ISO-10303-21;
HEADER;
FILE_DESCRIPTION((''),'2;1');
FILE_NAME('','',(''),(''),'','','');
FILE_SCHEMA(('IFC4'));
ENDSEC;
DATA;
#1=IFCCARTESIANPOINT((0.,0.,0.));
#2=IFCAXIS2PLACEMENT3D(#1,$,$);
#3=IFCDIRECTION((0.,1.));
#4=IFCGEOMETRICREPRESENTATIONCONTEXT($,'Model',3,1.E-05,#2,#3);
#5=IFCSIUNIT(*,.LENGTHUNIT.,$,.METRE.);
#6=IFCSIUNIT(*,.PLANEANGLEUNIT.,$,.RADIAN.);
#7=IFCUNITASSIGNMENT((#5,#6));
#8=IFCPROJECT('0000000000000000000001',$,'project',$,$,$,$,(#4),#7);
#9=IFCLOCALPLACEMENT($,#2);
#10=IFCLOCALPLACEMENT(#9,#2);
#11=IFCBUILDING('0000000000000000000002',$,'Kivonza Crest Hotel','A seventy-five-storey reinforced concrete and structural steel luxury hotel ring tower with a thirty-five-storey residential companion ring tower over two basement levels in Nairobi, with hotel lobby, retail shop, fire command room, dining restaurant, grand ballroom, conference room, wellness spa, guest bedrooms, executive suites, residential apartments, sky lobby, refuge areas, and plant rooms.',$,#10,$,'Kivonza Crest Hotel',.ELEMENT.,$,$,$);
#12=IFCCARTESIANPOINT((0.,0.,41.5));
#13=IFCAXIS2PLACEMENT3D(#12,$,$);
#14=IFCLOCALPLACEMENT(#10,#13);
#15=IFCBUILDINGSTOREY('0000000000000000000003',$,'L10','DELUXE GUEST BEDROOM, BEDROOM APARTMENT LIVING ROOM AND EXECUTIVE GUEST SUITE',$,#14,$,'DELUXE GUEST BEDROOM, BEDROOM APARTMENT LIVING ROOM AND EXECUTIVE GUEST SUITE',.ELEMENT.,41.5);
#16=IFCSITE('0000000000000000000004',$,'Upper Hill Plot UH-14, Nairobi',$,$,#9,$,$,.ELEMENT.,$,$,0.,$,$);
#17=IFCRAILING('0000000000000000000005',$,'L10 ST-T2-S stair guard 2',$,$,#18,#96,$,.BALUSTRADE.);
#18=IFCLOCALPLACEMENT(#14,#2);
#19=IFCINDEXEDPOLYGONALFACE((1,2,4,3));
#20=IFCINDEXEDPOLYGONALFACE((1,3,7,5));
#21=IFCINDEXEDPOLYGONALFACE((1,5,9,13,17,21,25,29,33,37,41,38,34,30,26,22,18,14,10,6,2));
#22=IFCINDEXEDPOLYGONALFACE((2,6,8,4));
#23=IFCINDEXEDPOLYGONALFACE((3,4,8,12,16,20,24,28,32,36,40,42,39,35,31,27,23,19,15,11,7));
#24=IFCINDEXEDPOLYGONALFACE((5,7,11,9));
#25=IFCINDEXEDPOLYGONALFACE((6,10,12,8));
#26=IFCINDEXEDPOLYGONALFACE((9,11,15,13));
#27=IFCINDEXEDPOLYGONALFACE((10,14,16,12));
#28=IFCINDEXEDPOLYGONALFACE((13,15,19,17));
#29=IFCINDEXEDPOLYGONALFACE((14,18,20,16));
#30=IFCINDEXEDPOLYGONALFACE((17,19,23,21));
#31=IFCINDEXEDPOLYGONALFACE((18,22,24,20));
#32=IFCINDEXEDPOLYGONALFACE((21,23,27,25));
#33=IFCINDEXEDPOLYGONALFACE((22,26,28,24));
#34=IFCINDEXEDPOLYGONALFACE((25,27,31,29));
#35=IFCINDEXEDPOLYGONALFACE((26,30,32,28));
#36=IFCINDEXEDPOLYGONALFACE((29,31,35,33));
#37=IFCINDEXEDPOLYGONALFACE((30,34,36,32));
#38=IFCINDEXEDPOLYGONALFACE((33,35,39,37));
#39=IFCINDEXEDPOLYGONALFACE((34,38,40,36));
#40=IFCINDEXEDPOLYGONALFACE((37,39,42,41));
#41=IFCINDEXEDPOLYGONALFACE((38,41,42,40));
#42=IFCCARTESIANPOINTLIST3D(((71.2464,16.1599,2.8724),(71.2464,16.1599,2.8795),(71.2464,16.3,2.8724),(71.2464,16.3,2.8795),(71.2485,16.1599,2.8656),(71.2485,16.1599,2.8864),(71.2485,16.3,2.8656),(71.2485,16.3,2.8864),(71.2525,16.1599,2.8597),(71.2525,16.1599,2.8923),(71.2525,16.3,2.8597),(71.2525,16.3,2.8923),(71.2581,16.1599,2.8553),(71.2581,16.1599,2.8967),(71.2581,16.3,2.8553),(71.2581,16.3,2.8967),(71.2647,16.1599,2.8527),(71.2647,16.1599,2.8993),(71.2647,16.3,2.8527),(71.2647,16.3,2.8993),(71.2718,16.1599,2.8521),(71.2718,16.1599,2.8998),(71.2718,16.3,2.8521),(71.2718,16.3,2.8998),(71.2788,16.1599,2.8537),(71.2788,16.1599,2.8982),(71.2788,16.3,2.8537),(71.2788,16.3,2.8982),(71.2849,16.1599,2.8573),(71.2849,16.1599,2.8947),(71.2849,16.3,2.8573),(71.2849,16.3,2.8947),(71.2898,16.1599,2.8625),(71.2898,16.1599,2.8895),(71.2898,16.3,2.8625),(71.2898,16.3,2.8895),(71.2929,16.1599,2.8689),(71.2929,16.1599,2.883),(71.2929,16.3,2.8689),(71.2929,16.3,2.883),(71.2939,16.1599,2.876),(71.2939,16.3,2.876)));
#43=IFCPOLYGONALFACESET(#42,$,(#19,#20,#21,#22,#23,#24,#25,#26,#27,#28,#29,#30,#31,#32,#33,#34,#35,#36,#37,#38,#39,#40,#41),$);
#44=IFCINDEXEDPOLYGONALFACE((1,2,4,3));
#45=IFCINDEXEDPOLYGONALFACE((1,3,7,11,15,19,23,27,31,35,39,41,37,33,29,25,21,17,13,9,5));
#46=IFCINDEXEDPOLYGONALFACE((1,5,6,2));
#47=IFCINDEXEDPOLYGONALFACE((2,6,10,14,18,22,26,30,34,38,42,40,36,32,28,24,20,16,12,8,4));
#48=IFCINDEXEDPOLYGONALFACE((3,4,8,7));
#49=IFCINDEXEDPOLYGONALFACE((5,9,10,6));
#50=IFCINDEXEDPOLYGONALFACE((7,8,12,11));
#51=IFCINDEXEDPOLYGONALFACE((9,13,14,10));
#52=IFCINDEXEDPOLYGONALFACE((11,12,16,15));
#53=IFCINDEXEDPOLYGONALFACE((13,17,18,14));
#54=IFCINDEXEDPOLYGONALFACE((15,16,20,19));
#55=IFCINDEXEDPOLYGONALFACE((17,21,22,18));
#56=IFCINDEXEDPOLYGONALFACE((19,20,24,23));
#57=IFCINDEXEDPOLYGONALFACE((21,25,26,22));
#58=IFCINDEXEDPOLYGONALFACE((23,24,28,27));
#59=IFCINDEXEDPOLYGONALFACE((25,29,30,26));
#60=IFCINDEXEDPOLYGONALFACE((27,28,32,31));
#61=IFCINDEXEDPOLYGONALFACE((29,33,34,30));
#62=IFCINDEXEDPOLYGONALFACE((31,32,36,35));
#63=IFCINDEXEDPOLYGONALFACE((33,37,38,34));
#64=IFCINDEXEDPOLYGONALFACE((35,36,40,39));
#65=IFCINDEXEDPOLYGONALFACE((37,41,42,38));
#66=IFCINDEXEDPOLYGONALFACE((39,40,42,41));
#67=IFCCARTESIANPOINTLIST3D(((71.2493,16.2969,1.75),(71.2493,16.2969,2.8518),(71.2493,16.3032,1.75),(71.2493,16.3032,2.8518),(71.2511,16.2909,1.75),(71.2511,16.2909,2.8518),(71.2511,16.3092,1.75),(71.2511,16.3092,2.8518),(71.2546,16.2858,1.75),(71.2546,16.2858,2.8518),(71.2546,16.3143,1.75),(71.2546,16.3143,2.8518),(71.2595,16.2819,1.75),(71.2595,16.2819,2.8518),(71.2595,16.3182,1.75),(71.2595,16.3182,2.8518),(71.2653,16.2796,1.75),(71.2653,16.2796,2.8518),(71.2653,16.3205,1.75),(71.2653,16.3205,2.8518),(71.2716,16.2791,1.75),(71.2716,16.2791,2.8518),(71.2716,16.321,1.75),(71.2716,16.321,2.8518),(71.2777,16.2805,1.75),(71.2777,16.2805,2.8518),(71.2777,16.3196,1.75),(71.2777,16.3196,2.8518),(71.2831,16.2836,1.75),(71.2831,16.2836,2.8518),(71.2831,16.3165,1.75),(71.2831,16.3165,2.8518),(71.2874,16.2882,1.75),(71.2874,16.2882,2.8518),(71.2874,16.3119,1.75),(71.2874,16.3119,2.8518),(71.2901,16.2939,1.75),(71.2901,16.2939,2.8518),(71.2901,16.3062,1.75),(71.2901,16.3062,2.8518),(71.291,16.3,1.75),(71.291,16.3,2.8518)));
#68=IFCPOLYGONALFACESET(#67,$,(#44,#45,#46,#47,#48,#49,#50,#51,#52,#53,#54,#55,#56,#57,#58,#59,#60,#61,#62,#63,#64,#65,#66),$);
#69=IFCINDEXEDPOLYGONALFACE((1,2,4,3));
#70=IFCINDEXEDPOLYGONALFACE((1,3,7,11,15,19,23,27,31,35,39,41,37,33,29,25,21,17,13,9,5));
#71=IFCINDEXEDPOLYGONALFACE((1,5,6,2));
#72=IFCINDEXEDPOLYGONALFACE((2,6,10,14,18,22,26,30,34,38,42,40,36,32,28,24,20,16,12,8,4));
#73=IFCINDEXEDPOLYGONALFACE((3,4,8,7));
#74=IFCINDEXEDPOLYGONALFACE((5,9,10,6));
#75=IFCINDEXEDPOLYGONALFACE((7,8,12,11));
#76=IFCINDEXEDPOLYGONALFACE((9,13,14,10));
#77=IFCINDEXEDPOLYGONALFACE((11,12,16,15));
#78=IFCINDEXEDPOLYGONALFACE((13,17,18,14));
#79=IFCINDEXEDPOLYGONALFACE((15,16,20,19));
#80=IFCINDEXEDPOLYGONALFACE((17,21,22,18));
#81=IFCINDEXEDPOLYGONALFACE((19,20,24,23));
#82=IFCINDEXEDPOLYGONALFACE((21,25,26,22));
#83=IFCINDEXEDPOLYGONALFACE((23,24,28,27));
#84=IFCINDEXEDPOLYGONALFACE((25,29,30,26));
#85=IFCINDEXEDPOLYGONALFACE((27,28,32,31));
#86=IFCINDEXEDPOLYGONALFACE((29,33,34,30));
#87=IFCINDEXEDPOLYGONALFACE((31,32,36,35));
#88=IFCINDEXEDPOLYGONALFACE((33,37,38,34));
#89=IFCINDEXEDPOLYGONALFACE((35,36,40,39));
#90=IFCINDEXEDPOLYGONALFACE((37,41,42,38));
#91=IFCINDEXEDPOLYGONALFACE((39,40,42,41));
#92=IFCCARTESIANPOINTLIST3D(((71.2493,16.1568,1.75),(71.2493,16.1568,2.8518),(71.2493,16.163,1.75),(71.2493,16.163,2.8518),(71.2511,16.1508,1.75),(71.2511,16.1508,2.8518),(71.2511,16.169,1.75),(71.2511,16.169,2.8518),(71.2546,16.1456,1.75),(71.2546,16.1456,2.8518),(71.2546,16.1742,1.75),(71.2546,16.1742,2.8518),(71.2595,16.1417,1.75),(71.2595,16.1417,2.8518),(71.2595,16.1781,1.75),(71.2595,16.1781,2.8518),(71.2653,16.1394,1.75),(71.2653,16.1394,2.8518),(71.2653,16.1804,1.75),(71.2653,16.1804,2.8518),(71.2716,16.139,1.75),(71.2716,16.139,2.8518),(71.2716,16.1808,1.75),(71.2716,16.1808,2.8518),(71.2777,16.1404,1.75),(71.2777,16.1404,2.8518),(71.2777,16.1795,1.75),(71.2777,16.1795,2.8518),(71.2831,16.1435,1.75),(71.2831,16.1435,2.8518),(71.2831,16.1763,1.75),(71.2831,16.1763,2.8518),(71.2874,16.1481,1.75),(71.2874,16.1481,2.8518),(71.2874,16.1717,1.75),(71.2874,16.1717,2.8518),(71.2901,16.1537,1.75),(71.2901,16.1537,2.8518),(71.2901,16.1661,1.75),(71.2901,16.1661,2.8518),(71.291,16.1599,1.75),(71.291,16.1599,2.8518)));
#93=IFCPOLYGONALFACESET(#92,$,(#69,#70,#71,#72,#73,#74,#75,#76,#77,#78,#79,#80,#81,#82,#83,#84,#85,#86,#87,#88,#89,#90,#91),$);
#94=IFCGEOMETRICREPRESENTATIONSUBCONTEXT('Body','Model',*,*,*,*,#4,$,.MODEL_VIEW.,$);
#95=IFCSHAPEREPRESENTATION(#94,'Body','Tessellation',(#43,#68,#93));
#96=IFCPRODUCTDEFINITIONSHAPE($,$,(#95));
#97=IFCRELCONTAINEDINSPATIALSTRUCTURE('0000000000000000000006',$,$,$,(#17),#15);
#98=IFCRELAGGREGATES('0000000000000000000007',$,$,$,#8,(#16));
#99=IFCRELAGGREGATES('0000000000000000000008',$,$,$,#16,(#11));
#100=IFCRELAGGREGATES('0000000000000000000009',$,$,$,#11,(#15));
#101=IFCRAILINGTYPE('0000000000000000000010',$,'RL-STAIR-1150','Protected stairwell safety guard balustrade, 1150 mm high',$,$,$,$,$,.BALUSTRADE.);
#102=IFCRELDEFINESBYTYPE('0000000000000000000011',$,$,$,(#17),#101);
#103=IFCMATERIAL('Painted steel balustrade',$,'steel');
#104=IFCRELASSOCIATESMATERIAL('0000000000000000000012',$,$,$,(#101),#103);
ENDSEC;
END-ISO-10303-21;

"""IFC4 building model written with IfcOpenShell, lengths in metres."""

from ifc_helpers import new_model, si_unit, direction, frame, origin, origin_2d, place, context, subcontext, project, spatial, circle, extrude, material, type_object, element, save


model = new_model("IFC4")

# Units and contexts
model_context = context("Model", 3, precision=1e-05, world=origin(), true_north=direction((0.0, 1.0)))
body_context = subcontext(model_context, "Body", "Model", "MODEL_VIEW")
ifc_project = project(units=[si_unit("LENGTHUNIT", "METRE"), si_unit("PLANEANGLEUNIT", "RADIAN")], contexts=[model_context])

# Site, building, storey
site_placement = place(None, origin())
site = spatial("IfcSite", under=ifc_project, at=site_placement, Name="Upper Hill Plot UH-14, Nairobi", CompositionType="ELEMENT", RefElevation=0.0)
building_placement = place(site_placement, origin())
building = spatial("IfcBuilding", under=site, at=building_placement, Name="Kivonza Crest Hotel", Description="A seventy-five-storey reinforced concrete and structural steel luxury hotel ring tower with a thirty-five-storey residential companion ring tower over two basement levels in Nairobi, with hotel lobby, retail shop, fire command room, dining restaurant, grand ballroom, conference room, wellness spa, guest bedrooms, executive suites, residential apartments, sky lobby, refuge areas, and plant rooms.", LongName="Kivonza Crest Hotel", CompositionType="ELEMENT")
storey_placement = place(building_placement, frame((0.0, 0.0, 41.5)))
storey = spatial("IfcBuildingStorey", under=building, at=storey_placement, Name="L10", Description="DELUXE GUEST BEDROOM, BEDROOM APARTMENT LIVING ROOM AND EXECUTIVE GUEST SUITE", LongName="DELUXE GUEST BEDROOM, BEDROOM APARTMENT LIVING ROOM AND EXECUTIVE GUEST SUITE", CompositionType="ELEMENT", Elevation=41.5)

# Railing
ifc_material_1 = material(Name="Painted steel balustrade", Category="steel")
railing_type_1 = type_object("IfcRailingType", Name="RL-STAIR-1150", Description="Protected stairwell safety guard balustrade, 1150 mm high", PredefinedType="BALUSTRADE", material=ifc_material_1)
railing_1_placement = place(storey_placement, frame((71.27, 16.3, 1.75)))
element("IfcRailing", 1, at=railing_1_placement, inside=storey, type_object=railing_type_1, Name="L10 ST-T2-S stair guard 2", PredefinedType="BALUSTRADE", context=body_context, shape_type="SweptSolid", body=[
    extrude(circle(Radius=0.0239, at=origin_2d()), frame((0.0, 0.0, 1.126), z_axis=(0.0, -1.0, 0.0), x_axis=(1.0, 0.0, 0.0)), (0.0, 0.0, 1.0), 0.1401),
    extrude(circle(Radius=0.021, at=origin_2d()), origin(), (0.0, 0.0, 1.0), 1.1018),
    extrude(circle(Radius=0.021, at=origin_2d()), frame((0.0, -0.1401, 0.0)), (0.0, 0.0, 1.0), 1.1018),
])

save(model, "model.ifc")
